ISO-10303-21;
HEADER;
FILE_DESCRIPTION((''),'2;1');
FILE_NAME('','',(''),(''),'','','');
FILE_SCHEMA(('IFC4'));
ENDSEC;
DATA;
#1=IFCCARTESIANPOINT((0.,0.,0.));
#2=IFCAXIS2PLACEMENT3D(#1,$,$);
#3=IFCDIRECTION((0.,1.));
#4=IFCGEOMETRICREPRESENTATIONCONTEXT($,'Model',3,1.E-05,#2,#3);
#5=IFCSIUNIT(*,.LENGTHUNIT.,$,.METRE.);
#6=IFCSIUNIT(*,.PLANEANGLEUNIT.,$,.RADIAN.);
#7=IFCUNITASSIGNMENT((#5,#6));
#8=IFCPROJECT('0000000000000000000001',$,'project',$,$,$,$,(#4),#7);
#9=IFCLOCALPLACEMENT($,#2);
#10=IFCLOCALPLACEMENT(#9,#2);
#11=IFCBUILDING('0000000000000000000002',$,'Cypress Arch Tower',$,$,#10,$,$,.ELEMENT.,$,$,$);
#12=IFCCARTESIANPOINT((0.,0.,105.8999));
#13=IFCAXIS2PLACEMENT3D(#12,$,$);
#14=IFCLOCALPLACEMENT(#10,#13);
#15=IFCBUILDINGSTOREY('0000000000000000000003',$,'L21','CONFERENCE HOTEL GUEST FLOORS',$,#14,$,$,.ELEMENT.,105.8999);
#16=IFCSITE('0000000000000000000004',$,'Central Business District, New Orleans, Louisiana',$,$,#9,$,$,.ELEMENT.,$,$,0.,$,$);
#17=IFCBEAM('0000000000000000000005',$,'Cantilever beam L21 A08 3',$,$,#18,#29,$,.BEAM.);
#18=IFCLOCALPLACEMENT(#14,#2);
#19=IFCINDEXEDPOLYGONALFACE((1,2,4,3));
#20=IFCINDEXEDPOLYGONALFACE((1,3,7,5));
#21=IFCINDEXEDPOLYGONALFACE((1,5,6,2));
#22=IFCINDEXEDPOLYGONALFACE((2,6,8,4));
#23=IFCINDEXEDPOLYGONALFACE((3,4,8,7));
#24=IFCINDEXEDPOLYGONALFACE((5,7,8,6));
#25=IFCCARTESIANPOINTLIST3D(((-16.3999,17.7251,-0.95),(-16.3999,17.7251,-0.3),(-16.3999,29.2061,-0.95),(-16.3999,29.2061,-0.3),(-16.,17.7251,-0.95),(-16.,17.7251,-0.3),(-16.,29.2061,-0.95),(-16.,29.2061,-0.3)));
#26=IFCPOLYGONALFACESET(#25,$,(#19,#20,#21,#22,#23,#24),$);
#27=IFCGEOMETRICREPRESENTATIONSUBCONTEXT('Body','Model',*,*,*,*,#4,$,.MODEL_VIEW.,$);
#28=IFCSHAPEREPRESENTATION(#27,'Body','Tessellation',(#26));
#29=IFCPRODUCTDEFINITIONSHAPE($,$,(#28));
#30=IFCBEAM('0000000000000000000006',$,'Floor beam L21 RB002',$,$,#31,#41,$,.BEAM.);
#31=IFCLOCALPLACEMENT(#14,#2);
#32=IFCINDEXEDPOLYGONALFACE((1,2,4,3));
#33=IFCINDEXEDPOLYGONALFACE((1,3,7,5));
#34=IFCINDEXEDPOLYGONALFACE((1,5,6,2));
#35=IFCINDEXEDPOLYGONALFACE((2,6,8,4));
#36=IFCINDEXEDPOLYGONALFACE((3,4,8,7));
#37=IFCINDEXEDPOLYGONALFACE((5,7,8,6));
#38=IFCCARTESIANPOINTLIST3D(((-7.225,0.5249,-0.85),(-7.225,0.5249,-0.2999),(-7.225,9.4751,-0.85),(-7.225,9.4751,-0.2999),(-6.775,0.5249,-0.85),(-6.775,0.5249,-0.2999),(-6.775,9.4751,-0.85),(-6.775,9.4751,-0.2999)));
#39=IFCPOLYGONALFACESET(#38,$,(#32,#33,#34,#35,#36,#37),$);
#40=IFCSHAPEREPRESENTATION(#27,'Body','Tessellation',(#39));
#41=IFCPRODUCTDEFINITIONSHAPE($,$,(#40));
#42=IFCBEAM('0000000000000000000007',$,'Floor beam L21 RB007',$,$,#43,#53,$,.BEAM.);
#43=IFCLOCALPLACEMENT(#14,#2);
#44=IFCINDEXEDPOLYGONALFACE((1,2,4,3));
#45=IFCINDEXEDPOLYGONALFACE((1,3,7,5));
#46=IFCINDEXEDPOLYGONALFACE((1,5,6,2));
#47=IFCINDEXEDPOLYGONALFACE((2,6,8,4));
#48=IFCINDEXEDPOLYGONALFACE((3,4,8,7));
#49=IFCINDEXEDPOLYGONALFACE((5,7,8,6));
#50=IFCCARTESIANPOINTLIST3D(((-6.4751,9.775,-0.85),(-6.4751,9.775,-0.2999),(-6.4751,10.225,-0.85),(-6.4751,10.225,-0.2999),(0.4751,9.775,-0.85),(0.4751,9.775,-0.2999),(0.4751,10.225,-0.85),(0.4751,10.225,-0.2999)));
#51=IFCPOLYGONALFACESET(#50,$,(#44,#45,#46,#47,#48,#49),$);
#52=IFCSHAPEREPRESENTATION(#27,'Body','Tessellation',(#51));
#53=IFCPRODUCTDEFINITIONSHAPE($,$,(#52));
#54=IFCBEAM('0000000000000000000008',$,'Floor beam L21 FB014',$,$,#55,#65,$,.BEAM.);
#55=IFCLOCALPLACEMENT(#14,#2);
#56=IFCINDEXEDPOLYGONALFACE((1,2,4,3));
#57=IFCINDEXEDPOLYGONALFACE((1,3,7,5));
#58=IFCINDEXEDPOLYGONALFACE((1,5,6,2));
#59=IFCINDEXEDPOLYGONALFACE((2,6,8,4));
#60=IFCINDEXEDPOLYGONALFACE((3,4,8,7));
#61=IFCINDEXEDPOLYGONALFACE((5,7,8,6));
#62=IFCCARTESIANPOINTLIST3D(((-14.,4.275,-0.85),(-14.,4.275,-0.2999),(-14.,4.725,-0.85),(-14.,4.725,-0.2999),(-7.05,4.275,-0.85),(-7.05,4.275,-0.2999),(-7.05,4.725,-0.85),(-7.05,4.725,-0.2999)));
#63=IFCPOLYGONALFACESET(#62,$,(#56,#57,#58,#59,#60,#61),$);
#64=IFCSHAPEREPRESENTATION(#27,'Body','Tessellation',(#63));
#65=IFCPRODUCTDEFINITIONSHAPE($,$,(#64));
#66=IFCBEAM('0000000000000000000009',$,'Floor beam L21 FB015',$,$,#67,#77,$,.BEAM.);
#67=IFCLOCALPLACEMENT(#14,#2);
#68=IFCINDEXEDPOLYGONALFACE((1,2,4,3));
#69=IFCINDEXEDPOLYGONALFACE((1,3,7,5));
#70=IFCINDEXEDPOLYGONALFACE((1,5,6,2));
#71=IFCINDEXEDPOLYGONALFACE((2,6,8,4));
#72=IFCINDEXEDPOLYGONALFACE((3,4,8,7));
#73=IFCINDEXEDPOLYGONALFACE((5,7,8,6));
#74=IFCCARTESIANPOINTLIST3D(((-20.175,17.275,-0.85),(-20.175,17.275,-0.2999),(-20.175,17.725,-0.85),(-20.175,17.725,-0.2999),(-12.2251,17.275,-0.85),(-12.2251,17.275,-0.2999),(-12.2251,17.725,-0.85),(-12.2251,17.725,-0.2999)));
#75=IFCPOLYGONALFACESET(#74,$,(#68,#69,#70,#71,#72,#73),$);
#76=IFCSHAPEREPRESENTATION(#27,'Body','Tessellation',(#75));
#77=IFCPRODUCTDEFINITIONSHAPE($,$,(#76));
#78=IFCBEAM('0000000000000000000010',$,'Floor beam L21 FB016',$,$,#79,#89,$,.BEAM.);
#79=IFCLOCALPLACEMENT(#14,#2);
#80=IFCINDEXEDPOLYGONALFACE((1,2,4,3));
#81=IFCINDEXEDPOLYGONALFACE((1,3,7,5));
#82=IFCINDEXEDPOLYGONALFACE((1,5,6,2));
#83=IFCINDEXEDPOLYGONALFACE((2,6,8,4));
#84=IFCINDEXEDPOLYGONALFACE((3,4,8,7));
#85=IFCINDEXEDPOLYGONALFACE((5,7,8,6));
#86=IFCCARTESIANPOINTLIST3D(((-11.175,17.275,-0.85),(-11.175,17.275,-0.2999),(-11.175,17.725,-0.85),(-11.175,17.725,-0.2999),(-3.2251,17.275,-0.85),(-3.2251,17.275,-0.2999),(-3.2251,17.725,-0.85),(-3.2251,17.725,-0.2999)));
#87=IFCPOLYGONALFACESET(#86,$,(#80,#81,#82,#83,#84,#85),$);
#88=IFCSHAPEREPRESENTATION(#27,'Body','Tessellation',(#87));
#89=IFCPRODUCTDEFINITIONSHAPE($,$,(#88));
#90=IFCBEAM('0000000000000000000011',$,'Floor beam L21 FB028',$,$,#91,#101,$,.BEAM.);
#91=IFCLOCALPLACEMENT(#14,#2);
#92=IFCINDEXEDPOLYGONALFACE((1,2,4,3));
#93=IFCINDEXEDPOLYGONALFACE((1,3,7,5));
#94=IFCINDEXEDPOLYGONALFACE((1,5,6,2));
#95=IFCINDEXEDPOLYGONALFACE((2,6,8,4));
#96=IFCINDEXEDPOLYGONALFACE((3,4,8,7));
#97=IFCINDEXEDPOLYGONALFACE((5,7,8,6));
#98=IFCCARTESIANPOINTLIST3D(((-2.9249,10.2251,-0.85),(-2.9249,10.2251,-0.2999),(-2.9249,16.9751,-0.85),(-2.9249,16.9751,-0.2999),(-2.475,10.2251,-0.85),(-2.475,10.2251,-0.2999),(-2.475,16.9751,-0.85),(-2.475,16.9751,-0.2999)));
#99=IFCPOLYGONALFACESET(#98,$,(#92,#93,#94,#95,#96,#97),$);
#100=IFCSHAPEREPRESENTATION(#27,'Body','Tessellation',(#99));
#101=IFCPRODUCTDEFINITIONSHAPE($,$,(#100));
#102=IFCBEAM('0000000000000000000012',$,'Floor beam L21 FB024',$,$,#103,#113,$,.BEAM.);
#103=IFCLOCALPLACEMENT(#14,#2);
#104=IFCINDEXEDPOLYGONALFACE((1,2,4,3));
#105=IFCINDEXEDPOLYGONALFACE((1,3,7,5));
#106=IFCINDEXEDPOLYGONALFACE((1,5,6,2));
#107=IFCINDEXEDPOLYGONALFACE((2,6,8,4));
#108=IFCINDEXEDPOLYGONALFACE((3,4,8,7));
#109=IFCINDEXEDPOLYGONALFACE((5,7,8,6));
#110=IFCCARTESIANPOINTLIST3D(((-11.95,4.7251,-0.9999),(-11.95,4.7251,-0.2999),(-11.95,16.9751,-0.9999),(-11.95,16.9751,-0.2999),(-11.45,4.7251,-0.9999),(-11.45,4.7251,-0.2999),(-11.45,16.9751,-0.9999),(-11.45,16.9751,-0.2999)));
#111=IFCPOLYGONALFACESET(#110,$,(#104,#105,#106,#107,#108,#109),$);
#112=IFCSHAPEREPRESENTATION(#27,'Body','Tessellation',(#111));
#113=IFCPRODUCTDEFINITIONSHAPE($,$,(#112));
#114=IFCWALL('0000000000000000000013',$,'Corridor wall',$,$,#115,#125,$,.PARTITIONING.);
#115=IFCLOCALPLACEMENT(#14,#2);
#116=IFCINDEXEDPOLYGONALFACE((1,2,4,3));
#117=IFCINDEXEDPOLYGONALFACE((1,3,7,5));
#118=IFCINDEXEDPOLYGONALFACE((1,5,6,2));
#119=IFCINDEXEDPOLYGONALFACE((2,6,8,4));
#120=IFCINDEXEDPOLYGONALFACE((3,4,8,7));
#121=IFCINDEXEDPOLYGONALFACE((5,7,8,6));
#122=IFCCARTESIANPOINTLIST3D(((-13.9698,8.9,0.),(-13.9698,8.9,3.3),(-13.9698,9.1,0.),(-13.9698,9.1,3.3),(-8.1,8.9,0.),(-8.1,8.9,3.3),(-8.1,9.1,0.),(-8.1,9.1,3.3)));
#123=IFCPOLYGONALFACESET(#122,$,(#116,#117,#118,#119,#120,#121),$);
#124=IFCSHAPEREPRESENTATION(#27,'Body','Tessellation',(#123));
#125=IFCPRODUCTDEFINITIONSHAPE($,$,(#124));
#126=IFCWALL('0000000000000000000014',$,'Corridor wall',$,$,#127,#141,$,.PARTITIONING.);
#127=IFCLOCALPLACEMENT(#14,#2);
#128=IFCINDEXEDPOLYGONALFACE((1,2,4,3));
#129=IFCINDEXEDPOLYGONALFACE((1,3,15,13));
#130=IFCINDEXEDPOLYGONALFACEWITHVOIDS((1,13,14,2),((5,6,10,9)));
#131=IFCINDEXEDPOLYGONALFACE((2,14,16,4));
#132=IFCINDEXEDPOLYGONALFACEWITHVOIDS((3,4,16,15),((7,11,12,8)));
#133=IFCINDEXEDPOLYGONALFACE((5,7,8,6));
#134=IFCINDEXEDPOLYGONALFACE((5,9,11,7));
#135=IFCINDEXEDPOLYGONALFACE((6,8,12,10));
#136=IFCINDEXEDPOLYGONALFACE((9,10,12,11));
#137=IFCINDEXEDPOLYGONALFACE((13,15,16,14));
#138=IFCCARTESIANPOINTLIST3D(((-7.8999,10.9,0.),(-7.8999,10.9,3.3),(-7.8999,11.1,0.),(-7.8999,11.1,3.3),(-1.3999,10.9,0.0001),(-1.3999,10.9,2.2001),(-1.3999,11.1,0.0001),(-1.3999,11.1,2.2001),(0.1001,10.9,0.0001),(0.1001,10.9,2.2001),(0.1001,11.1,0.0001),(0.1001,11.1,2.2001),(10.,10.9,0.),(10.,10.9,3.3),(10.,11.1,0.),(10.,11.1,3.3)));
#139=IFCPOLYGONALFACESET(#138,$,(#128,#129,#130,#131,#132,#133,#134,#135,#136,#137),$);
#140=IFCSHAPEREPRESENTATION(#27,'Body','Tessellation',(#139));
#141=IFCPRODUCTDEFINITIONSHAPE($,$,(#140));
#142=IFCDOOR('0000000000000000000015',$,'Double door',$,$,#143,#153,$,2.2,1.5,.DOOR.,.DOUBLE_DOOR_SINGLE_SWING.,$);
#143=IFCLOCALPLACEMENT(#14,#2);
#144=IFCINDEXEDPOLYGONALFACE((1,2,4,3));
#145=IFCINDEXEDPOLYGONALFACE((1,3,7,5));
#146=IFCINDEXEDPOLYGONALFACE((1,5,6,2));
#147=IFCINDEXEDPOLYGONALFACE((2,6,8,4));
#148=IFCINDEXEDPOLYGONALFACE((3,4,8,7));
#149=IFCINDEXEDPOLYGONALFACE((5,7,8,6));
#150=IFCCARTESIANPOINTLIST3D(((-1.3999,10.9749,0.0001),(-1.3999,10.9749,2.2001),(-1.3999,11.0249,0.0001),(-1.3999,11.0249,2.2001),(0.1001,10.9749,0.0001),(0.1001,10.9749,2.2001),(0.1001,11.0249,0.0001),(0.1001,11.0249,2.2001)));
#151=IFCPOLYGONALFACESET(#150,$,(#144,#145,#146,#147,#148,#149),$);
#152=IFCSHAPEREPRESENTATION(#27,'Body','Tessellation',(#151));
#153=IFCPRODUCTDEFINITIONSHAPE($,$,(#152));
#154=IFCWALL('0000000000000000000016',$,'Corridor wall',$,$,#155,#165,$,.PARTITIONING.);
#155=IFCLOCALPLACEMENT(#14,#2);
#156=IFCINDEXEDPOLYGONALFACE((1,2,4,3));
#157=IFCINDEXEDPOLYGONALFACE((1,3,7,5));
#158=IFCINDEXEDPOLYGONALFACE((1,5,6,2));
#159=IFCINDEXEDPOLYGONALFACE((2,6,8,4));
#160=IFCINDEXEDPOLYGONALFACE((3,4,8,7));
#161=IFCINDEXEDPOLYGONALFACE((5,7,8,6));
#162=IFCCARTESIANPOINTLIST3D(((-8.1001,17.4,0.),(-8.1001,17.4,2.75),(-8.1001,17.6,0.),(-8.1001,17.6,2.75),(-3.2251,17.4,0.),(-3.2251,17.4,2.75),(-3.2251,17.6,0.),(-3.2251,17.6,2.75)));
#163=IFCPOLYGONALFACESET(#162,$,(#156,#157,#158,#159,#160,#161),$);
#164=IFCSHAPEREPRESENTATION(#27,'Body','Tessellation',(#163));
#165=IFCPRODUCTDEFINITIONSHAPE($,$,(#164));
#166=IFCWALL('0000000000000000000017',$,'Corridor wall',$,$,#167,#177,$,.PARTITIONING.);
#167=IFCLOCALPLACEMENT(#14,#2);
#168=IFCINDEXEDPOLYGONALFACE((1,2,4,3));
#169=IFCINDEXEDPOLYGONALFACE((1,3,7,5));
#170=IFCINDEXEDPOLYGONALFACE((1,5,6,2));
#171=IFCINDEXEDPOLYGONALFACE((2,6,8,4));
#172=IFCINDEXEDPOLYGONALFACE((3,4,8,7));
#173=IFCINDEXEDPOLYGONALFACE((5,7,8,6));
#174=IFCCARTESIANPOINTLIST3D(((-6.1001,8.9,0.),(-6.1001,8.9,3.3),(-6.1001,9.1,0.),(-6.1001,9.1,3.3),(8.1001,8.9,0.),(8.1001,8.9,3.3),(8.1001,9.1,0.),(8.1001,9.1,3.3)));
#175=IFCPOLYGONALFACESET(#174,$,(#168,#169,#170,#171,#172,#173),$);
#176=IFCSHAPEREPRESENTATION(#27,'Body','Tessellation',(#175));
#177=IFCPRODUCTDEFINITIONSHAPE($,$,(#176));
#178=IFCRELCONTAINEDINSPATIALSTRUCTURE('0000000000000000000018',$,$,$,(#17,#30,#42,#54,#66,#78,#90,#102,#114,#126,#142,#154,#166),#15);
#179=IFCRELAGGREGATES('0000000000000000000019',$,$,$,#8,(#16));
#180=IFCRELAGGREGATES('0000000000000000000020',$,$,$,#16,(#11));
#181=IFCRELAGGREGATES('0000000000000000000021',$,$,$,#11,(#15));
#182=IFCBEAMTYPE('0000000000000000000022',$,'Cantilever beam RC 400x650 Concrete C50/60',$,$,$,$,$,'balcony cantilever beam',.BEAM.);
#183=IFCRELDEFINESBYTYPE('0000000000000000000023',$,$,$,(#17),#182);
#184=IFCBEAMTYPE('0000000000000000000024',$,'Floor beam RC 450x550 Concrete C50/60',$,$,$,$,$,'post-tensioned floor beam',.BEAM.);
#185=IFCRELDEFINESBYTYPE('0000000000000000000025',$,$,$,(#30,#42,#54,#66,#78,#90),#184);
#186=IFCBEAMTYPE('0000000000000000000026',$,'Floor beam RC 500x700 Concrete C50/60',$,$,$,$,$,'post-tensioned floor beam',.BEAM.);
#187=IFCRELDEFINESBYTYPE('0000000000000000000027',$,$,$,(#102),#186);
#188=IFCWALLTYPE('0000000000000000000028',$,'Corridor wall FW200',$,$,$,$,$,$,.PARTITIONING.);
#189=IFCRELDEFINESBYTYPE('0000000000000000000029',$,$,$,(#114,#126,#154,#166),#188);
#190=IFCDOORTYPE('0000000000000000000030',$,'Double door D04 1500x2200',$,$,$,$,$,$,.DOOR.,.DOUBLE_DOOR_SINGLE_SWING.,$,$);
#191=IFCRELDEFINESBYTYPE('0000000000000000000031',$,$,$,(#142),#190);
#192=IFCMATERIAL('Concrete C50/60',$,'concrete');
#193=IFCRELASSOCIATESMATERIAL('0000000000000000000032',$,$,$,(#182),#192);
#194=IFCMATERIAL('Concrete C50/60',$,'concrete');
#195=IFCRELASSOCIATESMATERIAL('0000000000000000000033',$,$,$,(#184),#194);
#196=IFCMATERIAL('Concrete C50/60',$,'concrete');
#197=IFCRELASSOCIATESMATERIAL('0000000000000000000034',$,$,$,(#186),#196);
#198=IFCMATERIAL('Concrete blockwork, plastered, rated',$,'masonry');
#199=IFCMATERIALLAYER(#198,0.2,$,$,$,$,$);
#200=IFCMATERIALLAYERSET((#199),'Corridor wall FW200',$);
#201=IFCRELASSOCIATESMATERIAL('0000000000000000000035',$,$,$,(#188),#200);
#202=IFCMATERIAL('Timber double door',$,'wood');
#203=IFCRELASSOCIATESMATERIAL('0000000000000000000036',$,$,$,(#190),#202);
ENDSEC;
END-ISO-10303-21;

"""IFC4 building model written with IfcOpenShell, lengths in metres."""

from ifc_helpers import new_model, si_unit, direction, frame, frame_2d, origin, origin_2d, place, context, subcontext, project, spatial, rectangle, extrude, material, layer, layer_set, material_profile, profile_set, type_object, element, fill, save


model = new_model("IFC4")

# Units and contexts
model_context = context("Model", 3, precision=1e-05, world=origin(), true_north=direction((0.0, 1.0)))
body_context = subcontext(model_context, "Body", "Model", "MODEL_VIEW")
ifc_project = project(units=[si_unit("LENGTHUNIT", "METRE"), si_unit("PLANEANGLEUNIT", "RADIAN")], contexts=[model_context])

# Site, building, storey
site_placement = place(None, origin())
site = spatial("IfcSite", under=ifc_project, at=site_placement, Name="Central Business District, New Orleans, Louisiana", CompositionType="ELEMENT", RefElevation=0.0)
building_placement = place(site_placement, origin())
building = spatial("IfcBuilding", under=site, at=building_placement, Name="Cypress Arch Tower", CompositionType="ELEMENT")
storey_placement = place(building_placement, frame((0.0, 0.0, 105.8999)))
storey = spatial("IfcBuildingStorey", under=building, at=storey_placement, Name="L21", Description="CONFERENCE HOTEL GUEST FLOORS", CompositionType="ELEMENT", Elevation=105.8999)

# Beams
ifc_material_1 = material(Name="Concrete C50/60", Category="concrete")
ifc_material_profile_1 = material_profile(ifc_material_1, rectangle(XDim=0.3999, YDim=0.6499, at=origin_2d()), Name="RC 400x650")
ifc_profile_set_1 = profile_set([ifc_material_profile_1], Name="Concrete C50/60")
beam_type_1 = type_object("IfcBeamType", Name="Cantilever beam RC 400x650 Concrete C50/60", ElementType="balcony cantilever beam", PredefinedType="BEAM", material=ifc_profile_set_1)
beam_1_placement = place(storey_placement, frame((-16.2, 17.7251, -0.625), z_axis=(0.0, 1.0, 0.0), x_axis=(-1.0, 0.0, 0.0)))
element("IfcBeam", 1, at=beam_1_placement, inside=storey, type_object=beam_type_1, Name="Cantilever beam L21 A08 3", PredefinedType="BEAM", context=body_context, shape_type="SweptSolid", body=[
    extrude(rectangle(XDim=0.3999, YDim=0.6499, at=origin_2d()), origin(), (0.0, 0.0, 1.0), 11.481),
])
ifc_material_2 = material(Name="Concrete C50/60", Category="concrete")
ifc_material_profile_2 = material_profile(ifc_material_2, rectangle(XDim=0.45, YDim=0.55, at=origin_2d()), Name="RC 450x550")
ifc_profile_set_2 = profile_set([ifc_material_profile_2], Name="Concrete C50/60")
beam_type_2 = type_object("IfcBeamType", Name="Floor beam RC 450x550 Concrete C50/60", ElementType="post-tensioned floor beam", PredefinedType="BEAM", material=ifc_profile_set_2)
beam_2_placement = place(storey_placement, frame((-7.0, 0.5249, -0.575), z_axis=(0.0, 1.0, 0.0), x_axis=(-1.0, 0.0, 0.0)))
element("IfcBeam", 2, at=beam_2_placement, inside=storey, type_object=beam_type_2, Name="Floor beam L21 RB002", PredefinedType="BEAM", context=body_context, shape_type="SweptSolid", body=[
    extrude(rectangle(XDim=0.45, YDim=0.55, at=origin_2d()), origin(), (0.0, 0.0, 1.0), 8.9502),
])
beam_3_placement = place(storey_placement, frame((-6.4751, 10.0, -0.575), z_axis=(1.0, 0.0, 0.0), x_axis=(0.0, 1.0, 0.0)))
element("IfcBeam", 3, at=beam_3_placement, inside=storey, type_object=beam_type_2, Name="Floor beam L21 RB007", PredefinedType="BEAM", context=body_context, shape_type="SweptSolid", body=[
    extrude(rectangle(XDim=0.45, YDim=0.55, at=origin_2d()), origin(), (0.0, 0.0, 1.0), 6.9502),
])
beam_4_placement = place(storey_placement, frame((-14.0, 4.5, -0.575), z_axis=(1.0, 0.0, 0.0), x_axis=(0.0, 1.0, 0.0)))
element("IfcBeam", 4, at=beam_4_placement, inside=storey, type_object=beam_type_2, Name="Floor beam L21 FB014", PredefinedType="BEAM", context=body_context, shape_type="SweptSolid", body=[
    extrude(rectangle(XDim=0.45, YDim=0.55, at=origin_2d()), origin(), (0.0, 0.0, 1.0), 6.95),
])
for number, where, z_axis, x_axis, name in (
    (5, (-20.175, 17.5, -0.575), (1.0, 0.0, 0.0), (0.0, 1.0, 0.0), "Floor beam L21 FB015"),
    (6, (-11.175, 17.5, -0.575), (1.0, 0.0, 0.0), (0.0, 1.0, 0.0), "Floor beam L21 FB016"),
):
    element("IfcBeam", number, at=place(storey_placement, frame(where, z_axis=z_axis, x_axis=x_axis)), inside=storey, type_object=beam_type_2, Name=name, PredefinedType="BEAM", context=body_context, shape_type="SweptSolid", body=[
        extrude(rectangle(XDim=0.45, YDim=0.55, at=origin_2d()), origin(), (0.0, 0.0, 1.0), 7.95),
    ])
beam_5_placement = place(storey_placement, frame((-2.7, 10.2251, -0.575), z_axis=(0.0, 1.0, 0.0), x_axis=(-1.0, 0.0, 0.0)))
element("IfcBeam", 7, at=beam_5_placement, inside=storey, type_object=beam_type_2, Name="Floor beam L21 FB028", PredefinedType="BEAM", context=body_context, shape_type="SweptSolid", body=[
    extrude(rectangle(XDim=0.45, YDim=0.55, at=origin_2d()), origin(), (0.0, 0.0, 1.0), 6.75),
])
ifc_material_3 = material(Name="Concrete C50/60", Category="concrete")
ifc_material_profile_3 = material_profile(ifc_material_3, rectangle(XDim=0.5, YDim=0.7, at=origin_2d()), Name="RC 500x700")
ifc_profile_set_3 = profile_set([ifc_material_profile_3], Name="Concrete C50/60")
beam_type_3 = type_object("IfcBeamType", Name="Floor beam RC 500x700 Concrete C50/60", ElementType="post-tensioned floor beam", PredefinedType="BEAM", material=ifc_profile_set_3)
beam_6_placement = place(storey_placement, frame((-11.7, 4.7251, -0.6499), z_axis=(0.0, 1.0, 0.0), x_axis=(-1.0, 0.0, 0.0)))
element("IfcBeam", 8, at=beam_6_placement, inside=storey, type_object=beam_type_3, Name="Floor beam L21 FB024", PredefinedType="BEAM", context=body_context, shape_type="SweptSolid", body=[
    extrude(rectangle(XDim=0.5, YDim=0.7, at=origin_2d()), origin(), (0.0, 0.0, 1.0), 12.25),
])

# Wall
ifc_material_4 = material(Name="Concrete blockwork, plastered, rated", Category="masonry")
ifc_layer_1 = layer(ifc_material_4, 0.2)
ifc_layer_set_1 = layer_set([ifc_layer_1], Name="Corridor wall FW200")
wall_type_1 = type_object("IfcWallType", Name="Corridor wall FW200", PredefinedType="PARTITIONING", material=ifc_layer_set_1)
wall_1_placement = place(storey_placement, frame((-13.97, 9.0, 0.0), z_axis=(0.0, 0.0, 1.0), x_axis=(1.0, 0.0, 0.0)))
element("IfcWall", 9, at=wall_1_placement, inside=storey, type_object=wall_type_1, Name="Corridor wall", PredefinedType="PARTITIONING", context=body_context, shape_type="SweptSolid", body=[
    extrude(rectangle(XDim=5.8699, YDim=0.2, at=frame_2d((2.9351, 0.0))), origin(), (0.0, 0.0, 1.0), 3.3),
])

# Wall, opening, door
wall_2_placement = place(storey_placement, frame((-7.8999, 11.0, 0.0), z_axis=(0.0, 0.0, 1.0), x_axis=(1.0, 0.0, 0.0)))
wall_2 = element("IfcWall", 10, at=wall_2_placement, inside=storey, type_object=wall_type_1, Name="Corridor wall", PredefinedType="PARTITIONING", context=body_context, shape_type="SweptSolid", body=[
    extrude(rectangle(XDim=17.8999, YDim=0.2, at=frame_2d((8.95, 0.0))), origin(), (0.0, 0.0, 1.0), 3.3),
])
opening_1_placement = place(wall_2_placement, frame((6.5, 0.0, 0.0)))
opening_1 = element("IfcOpeningElement", 11, at=opening_1_placement, cuts=wall_2, PredefinedType="OPENING", context=body_context, shape_type="SweptSolid", body=[
    extrude(rectangle(XDim=1.5, YDim=2.2, at=frame_2d((0.75, 1.1001))), frame((0.0, 0.1099, 0.0), z_axis=(0.0, -1.0, 0.0), x_axis=(1.0, 0.0, 0.0)), (0.0, 0.0, 1.0), 0.22),
])
ifc_material_5 = material(Name="Timber double door", Category="wood")
door_type_1 = type_object("IfcDoorType", Name="Double door D04 1500x2200", OperationType="DOUBLE_DOOR_SINGLE_SWING", PredefinedType="DOOR", material=ifc_material_5)
door_1_placement = place(opening_1_placement, origin())
door_1 = element("IfcDoor", 12, at=door_1_placement, inside=storey, type_object=door_type_1, Name="Double door", OperationType="DOUBLE_DOOR_SINGLE_SWING", OverallHeight=2.2, OverallWidth=1.5, PredefinedType="DOOR", context=body_context, shape_type="SweptSolid", body=[
    extrude(rectangle(XDim=1.5, YDim=2.2, at=frame_2d((0.75, 1.1001))), frame((0.0, 0.0249, 0.0), z_axis=(0.0, -1.0, 0.0), x_axis=(1.0, 0.0, 0.0)), (0.0, 0.0, 1.0), 0.05),
])
fill(opening_1, door_1)

# Walls
wall_3_placement = place(storey_placement, frame((-8.1001, 17.5, 0.0), z_axis=(0.0, 0.0, 1.0), x_axis=(1.0, 0.0, 0.0)))
element("IfcWall", 13, at=wall_3_placement, inside=storey, type_object=wall_type_1, Name="Corridor wall", PredefinedType="PARTITIONING", context=body_context, shape_type="SweptSolid", body=[
    extrude(rectangle(XDim=4.875, YDim=0.2, at=frame_2d((2.4375, 0.0))), origin(), (0.0, 0.0, 1.0), 2.75),
])
wall_4_placement = place(storey_placement, frame((-6.1001, 9.0, 0.0), z_axis=(0.0, 0.0, 1.0), x_axis=(1.0, 0.0, 0.0)))
element("IfcWall", 14, at=wall_4_placement, inside=storey, type_object=wall_type_1, Name="Corridor wall", PredefinedType="PARTITIONING", context=body_context, shape_type="SweptSolid", body=[
    extrude(rectangle(XDim=14.2002, YDim=0.2, at=frame_2d((7.1001, 0.0))), origin(), (0.0, 0.0, 1.0), 3.3),
])

save(model, "model.ifc")
